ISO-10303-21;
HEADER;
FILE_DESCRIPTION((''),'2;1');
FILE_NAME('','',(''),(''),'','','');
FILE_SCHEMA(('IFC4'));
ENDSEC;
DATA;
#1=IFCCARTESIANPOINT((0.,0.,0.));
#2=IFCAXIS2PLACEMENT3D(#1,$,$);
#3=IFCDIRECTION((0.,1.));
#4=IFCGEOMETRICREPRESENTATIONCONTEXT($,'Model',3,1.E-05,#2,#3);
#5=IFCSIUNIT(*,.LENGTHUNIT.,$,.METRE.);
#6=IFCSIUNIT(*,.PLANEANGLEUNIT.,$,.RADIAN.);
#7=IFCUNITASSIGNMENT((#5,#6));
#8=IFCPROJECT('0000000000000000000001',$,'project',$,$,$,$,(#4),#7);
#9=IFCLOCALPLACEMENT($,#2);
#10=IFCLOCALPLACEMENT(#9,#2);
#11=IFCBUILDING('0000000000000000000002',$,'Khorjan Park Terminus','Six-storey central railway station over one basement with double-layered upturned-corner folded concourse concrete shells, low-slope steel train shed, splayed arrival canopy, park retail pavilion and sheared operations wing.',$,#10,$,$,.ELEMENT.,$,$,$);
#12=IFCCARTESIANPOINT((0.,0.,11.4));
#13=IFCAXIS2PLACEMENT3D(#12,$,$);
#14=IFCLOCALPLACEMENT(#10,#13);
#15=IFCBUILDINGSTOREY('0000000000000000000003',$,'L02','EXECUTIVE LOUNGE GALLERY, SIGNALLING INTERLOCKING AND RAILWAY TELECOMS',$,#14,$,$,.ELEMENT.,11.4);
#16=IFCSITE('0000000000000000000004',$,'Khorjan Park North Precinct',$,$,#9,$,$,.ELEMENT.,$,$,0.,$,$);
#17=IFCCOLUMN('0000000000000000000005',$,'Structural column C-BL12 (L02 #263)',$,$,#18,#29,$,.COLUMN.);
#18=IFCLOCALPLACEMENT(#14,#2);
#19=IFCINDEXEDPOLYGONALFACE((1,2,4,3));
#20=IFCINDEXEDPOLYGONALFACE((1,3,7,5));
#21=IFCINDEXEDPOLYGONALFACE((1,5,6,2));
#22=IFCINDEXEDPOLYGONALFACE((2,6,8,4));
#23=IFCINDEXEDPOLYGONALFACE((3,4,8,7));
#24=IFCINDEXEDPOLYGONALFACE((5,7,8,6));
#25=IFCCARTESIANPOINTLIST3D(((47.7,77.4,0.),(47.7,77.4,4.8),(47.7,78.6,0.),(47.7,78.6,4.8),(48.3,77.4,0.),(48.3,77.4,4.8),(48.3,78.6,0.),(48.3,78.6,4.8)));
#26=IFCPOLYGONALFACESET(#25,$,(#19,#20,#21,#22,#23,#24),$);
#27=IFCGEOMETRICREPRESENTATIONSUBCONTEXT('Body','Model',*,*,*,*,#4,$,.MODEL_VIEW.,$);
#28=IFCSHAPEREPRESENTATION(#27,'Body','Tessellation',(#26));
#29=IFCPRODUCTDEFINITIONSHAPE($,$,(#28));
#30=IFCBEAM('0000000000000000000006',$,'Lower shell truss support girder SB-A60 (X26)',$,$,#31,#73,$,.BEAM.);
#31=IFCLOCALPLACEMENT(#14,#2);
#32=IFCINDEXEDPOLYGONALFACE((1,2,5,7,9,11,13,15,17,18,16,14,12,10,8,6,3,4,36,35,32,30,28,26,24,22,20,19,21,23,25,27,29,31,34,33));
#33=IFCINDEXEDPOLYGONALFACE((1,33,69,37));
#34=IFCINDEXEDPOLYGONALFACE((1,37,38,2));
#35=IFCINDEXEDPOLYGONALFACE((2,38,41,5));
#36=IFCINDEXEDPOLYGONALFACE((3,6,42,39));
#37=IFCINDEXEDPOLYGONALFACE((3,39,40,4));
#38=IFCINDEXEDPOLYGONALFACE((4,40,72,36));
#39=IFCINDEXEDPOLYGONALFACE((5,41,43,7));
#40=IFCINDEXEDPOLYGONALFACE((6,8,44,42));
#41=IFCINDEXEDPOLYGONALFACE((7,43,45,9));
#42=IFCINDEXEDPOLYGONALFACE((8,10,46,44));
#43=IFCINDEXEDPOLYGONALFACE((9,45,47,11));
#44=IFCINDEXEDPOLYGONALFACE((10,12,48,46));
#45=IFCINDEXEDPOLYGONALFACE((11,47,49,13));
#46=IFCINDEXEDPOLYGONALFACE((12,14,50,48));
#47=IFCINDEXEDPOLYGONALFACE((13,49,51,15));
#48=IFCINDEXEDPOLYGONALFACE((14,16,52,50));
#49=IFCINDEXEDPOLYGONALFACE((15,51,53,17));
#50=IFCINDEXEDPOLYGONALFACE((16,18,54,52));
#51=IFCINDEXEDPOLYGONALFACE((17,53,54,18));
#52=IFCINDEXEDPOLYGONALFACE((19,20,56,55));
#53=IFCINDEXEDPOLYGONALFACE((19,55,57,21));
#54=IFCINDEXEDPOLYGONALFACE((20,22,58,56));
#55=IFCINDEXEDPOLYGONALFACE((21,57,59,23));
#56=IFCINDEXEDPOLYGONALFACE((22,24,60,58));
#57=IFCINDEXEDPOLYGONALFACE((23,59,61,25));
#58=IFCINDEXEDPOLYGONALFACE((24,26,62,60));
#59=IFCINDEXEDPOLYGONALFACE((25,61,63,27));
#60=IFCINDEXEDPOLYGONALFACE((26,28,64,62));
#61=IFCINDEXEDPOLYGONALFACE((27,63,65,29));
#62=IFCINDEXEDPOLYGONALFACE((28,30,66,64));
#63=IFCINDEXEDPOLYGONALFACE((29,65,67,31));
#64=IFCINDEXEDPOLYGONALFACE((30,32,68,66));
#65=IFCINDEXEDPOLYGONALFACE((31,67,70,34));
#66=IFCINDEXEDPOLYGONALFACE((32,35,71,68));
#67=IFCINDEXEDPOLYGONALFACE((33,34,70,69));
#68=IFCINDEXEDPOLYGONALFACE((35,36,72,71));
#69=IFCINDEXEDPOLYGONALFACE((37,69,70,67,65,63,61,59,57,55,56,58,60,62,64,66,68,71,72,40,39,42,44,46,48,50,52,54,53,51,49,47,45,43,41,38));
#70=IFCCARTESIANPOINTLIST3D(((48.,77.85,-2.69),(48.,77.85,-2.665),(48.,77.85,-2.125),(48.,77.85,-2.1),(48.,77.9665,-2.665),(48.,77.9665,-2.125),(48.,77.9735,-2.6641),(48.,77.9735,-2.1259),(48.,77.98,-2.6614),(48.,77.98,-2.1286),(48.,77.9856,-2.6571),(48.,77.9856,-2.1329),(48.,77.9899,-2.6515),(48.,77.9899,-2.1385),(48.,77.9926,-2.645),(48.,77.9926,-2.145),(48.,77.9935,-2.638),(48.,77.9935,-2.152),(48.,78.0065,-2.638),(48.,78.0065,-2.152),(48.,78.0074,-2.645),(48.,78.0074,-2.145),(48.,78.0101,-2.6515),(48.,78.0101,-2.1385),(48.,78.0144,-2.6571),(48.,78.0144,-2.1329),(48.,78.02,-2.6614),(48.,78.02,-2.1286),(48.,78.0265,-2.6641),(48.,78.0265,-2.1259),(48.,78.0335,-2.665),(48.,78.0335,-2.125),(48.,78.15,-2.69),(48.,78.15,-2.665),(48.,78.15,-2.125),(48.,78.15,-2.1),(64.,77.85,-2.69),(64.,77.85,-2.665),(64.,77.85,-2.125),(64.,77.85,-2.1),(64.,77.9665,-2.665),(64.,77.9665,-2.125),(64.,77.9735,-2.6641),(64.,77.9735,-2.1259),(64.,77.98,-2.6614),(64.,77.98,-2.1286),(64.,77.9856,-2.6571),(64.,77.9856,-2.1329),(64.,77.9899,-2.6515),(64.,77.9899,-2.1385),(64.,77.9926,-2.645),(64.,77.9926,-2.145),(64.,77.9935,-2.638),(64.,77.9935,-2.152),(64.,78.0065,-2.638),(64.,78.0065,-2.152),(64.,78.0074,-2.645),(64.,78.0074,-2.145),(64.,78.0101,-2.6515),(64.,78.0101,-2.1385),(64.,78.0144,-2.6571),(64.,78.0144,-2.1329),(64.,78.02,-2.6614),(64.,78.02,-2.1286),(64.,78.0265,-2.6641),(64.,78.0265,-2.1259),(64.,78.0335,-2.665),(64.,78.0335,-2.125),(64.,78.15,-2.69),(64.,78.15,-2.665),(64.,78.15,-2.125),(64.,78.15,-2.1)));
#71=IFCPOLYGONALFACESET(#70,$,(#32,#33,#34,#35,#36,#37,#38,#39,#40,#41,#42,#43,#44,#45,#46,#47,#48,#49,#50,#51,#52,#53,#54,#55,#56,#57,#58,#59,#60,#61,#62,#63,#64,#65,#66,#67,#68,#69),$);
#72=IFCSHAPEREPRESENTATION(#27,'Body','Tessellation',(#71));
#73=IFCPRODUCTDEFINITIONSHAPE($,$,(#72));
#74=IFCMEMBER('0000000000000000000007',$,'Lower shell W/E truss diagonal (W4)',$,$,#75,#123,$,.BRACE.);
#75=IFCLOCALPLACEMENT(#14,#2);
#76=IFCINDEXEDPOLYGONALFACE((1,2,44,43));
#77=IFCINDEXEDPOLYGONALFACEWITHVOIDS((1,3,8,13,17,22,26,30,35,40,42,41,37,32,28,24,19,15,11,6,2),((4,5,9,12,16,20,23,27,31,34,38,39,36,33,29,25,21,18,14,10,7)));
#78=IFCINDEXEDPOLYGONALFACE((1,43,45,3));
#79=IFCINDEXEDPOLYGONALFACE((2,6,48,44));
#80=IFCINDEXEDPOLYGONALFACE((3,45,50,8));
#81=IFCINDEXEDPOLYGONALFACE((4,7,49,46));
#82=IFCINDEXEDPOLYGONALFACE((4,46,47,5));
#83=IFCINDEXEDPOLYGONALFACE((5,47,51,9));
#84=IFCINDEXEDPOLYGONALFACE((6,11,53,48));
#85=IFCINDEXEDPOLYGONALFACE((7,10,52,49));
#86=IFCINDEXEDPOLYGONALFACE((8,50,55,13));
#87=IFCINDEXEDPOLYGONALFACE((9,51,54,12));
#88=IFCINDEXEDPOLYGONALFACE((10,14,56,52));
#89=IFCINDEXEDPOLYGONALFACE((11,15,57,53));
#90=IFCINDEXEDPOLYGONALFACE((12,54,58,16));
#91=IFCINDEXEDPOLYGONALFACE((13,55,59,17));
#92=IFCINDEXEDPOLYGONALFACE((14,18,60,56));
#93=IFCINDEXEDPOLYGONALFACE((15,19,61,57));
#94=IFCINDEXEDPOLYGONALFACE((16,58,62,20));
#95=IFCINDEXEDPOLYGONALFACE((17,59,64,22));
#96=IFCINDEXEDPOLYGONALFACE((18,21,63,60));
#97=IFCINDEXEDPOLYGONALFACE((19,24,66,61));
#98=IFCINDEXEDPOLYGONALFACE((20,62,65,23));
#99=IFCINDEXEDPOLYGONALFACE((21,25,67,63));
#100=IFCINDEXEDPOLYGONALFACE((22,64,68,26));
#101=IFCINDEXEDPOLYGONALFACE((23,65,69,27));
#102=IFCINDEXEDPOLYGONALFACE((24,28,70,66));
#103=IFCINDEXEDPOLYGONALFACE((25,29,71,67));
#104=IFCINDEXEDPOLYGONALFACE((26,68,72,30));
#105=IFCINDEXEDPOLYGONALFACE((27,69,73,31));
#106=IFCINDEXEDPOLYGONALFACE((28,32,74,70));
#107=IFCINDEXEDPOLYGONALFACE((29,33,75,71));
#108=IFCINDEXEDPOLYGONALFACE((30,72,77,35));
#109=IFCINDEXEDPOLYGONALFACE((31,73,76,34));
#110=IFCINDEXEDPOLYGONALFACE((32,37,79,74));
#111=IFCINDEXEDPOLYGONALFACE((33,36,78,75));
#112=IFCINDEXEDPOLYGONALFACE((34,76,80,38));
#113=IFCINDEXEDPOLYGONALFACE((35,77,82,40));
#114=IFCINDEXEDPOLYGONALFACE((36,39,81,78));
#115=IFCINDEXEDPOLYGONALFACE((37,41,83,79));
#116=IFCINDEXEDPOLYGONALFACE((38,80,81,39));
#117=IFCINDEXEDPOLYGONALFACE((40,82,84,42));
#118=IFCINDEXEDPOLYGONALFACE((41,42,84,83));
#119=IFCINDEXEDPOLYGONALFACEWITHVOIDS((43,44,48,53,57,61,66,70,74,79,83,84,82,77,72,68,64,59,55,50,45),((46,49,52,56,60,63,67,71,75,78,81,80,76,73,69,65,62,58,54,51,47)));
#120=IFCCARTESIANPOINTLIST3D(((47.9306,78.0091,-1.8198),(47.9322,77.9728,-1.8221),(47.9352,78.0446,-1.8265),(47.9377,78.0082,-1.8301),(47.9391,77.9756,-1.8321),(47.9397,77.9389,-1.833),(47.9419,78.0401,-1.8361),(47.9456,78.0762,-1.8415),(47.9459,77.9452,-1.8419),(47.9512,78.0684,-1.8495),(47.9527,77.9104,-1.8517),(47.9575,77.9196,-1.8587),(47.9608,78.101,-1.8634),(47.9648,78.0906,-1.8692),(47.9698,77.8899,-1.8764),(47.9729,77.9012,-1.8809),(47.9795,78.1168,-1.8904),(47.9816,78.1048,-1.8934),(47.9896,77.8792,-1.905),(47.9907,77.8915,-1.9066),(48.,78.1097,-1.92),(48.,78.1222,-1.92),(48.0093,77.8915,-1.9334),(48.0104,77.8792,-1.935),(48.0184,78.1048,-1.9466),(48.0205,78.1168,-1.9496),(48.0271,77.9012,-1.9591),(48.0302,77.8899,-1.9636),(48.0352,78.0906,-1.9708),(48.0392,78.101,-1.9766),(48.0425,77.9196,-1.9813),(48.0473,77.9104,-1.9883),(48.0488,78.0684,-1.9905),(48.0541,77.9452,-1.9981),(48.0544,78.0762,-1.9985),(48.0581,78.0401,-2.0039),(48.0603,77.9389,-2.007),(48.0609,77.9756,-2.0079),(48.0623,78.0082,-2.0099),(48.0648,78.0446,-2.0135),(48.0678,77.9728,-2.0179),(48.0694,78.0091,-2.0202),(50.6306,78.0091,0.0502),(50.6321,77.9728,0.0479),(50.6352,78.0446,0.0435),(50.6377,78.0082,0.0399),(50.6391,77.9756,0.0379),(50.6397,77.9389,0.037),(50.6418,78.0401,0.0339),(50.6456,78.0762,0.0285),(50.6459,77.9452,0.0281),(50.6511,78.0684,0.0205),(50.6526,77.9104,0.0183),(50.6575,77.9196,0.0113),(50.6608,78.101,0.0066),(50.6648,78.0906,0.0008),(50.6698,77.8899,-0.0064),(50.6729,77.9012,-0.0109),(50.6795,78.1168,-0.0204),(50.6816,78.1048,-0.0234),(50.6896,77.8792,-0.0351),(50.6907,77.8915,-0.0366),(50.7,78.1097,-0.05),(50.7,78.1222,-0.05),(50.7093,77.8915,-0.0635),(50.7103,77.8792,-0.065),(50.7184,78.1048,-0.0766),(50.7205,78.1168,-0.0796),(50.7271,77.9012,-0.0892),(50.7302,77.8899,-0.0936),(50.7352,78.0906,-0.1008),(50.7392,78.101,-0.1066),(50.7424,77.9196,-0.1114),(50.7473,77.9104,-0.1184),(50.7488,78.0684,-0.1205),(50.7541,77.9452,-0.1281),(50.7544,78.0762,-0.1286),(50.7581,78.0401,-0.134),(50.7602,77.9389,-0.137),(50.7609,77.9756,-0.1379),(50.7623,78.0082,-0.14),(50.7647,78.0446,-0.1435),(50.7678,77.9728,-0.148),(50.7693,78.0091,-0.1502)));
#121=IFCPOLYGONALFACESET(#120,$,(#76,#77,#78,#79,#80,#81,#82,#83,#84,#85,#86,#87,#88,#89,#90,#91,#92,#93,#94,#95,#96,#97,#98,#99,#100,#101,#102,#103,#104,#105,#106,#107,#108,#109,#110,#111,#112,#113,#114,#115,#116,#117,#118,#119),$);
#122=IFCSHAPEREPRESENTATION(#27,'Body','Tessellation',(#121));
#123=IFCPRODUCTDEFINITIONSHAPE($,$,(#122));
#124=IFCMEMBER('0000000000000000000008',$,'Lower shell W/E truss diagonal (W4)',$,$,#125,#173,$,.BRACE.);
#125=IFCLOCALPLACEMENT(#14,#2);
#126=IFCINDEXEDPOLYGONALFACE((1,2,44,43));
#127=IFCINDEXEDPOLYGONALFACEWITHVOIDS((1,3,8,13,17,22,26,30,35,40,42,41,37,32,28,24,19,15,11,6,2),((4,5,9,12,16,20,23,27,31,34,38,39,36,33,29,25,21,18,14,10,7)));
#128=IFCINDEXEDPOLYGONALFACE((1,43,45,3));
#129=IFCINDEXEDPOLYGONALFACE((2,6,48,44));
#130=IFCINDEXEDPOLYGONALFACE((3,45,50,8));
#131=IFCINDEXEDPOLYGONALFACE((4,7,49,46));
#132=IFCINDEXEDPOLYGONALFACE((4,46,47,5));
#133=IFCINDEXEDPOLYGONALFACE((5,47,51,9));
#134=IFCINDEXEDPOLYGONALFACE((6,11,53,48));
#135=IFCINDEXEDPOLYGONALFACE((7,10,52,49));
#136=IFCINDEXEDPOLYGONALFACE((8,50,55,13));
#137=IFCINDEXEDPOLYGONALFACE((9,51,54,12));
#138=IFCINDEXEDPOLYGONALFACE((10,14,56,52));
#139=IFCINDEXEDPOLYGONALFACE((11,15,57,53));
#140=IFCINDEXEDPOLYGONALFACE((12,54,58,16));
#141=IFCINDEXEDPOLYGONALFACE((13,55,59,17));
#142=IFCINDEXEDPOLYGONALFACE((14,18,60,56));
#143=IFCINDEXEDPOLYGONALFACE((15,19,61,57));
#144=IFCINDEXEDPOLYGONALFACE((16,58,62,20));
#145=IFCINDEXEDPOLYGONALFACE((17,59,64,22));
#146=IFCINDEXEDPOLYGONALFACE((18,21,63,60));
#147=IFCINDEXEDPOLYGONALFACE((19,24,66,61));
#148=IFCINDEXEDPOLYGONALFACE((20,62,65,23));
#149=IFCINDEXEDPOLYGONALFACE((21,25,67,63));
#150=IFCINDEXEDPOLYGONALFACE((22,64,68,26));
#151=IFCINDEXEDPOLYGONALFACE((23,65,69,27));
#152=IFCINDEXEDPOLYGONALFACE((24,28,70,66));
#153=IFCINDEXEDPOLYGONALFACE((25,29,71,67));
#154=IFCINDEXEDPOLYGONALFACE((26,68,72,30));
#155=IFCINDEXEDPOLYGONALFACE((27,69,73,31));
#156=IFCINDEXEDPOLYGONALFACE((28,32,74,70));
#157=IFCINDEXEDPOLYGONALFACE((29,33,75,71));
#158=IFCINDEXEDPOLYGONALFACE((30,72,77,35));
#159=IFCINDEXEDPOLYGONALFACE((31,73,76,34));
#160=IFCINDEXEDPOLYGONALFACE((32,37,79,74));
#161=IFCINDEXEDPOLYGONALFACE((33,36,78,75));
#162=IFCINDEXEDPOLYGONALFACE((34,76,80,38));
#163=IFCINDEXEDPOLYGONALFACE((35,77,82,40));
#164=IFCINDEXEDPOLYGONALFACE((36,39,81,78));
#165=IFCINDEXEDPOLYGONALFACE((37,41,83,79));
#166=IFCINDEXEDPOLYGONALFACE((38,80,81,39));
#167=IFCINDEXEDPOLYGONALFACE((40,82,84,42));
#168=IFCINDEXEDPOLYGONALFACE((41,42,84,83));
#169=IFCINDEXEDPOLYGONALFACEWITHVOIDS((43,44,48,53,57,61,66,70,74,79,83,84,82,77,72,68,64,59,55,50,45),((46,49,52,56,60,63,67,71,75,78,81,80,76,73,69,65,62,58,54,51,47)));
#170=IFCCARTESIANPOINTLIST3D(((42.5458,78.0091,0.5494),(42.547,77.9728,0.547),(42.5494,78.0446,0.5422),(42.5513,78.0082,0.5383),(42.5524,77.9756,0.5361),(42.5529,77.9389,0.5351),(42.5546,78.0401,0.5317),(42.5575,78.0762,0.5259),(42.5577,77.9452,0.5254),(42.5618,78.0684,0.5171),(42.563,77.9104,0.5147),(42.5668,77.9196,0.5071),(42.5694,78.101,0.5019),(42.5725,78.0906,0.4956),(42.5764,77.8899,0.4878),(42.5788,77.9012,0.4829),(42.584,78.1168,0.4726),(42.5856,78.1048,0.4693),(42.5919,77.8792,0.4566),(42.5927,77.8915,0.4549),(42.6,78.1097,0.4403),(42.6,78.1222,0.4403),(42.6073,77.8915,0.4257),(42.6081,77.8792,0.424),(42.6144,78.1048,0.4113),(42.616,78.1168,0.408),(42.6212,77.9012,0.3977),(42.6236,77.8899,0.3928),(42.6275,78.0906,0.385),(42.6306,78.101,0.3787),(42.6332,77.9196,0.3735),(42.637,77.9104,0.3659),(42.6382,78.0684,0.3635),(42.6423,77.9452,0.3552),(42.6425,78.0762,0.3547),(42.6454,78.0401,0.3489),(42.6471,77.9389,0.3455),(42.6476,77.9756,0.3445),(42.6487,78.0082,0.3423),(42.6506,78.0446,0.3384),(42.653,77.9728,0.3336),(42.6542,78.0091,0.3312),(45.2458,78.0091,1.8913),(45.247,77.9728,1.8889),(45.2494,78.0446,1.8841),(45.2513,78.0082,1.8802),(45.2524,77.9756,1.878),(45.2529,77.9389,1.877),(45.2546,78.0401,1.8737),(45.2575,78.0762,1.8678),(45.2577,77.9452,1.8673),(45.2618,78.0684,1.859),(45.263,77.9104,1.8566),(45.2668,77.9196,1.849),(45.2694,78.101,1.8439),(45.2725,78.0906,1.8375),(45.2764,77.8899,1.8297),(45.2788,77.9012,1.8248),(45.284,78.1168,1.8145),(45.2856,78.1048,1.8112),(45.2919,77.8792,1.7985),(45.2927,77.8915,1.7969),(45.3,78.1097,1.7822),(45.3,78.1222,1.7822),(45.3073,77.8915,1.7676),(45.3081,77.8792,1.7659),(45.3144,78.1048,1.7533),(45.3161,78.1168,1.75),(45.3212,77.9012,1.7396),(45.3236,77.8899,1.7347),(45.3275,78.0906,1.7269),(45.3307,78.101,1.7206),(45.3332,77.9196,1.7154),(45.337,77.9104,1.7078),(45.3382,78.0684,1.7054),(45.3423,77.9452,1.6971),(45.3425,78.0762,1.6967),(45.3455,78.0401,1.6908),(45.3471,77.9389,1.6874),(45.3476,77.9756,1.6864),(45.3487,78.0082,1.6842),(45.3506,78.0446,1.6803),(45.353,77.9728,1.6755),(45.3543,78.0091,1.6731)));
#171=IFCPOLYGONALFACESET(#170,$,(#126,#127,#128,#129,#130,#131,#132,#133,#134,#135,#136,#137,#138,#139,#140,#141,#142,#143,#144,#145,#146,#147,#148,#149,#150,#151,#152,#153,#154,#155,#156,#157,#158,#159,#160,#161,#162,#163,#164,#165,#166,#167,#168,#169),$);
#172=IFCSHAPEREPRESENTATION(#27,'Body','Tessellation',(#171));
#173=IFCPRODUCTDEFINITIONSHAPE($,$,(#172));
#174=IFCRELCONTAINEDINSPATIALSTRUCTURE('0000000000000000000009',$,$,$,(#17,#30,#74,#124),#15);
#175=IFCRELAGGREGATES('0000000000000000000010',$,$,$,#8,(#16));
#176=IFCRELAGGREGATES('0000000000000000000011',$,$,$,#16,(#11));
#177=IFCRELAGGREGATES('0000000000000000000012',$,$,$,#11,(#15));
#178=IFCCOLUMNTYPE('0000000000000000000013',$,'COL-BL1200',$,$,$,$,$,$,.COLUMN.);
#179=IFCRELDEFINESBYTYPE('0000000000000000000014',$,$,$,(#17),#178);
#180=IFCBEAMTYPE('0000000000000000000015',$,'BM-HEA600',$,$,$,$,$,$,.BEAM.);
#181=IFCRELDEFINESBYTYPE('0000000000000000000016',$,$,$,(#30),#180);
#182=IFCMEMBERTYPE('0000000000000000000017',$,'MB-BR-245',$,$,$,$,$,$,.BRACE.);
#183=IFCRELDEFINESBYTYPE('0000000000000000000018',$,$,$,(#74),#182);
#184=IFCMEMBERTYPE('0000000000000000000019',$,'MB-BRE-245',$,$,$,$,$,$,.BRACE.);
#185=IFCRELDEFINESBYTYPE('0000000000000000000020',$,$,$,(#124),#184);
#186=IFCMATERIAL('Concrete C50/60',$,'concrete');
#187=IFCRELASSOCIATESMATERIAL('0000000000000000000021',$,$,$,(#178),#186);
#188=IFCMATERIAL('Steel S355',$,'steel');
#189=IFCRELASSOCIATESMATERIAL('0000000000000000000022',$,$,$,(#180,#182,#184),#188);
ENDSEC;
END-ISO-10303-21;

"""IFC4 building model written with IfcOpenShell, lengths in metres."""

from ifc_helpers import new_model, si_unit, direction, frame, origin, origin_2d, place, context, subcontext, project, spatial, rectangle, hollow_circle, i_section, extrude, material, material_profile, profile_set, type_object, element, save


model = new_model("IFC4")

# Units and contexts
model_context = context("Model", 3, precision=1e-05, world=origin(), true_north=direction((0.0, 1.0)))
body_context = subcontext(model_context, "Body", "Model", "MODEL_VIEW")
ifc_project = project(units=[si_unit("LENGTHUNIT", "METRE"), si_unit("PLANEANGLEUNIT", "RADIAN")], contexts=[model_context])

# Site, building, storey
site_placement = place(None, origin())
site = spatial("IfcSite", under=ifc_project, at=site_placement, Name="Khorjan Park North Precinct", CompositionType="ELEMENT", RefElevation=0.0)
building_placement = place(site_placement, origin())
building = spatial("IfcBuilding", under=site, at=building_placement, Name="Khorjan Park Terminus", Description="Six-storey central railway station over one basement with double-layered upturned-corner folded concourse concrete shells, low-slope steel train shed, splayed arrival canopy, park retail pavilion and sheared operations wing.", CompositionType="ELEMENT")
storey_placement = place(building_placement, frame((0.0, 0.0, 11.4)))
storey = spatial("IfcBuildingStorey", under=building, at=storey_placement, Name="L02", Description="EXECUTIVE LOUNGE GALLERY, SIGNALLING INTERLOCKING AND RAILWAY TELECOMS", CompositionType="ELEMENT", Elevation=11.4)

# Column
ifc_material_1 = material(Name="Concrete C50/60", Category="concrete")
ifc_material_profile_1 = material_profile(ifc_material_1, rectangle(XDim=0.6, YDim=1.2, at=origin_2d()), Name="RC 600x1200")
ifc_profile_set_1 = profile_set([ifc_material_profile_1], Name="Concrete C50/60")
column_type = type_object("IfcColumnType", Name="COL-BL1200", PredefinedType="COLUMN", material=ifc_profile_set_1)
column_placement = place(storey_placement, frame((48.0, 78.0, 0.0), z_axis=(0.0, 0.0, 1.0), x_axis=(1.0, 0.0, 0.0)))
element("IfcColumn", 1, at=column_placement, inside=storey, type_object=column_type, Name="Structural column C-BL12 (L02 #263)", PredefinedType="COLUMN", context=body_context, shape_type="SweptSolid", body=[
    extrude(rectangle(XDim=0.6, YDim=1.2, at=origin_2d()), origin(), (0.0, 0.0, 1.0), 4.8),
])

# Beam
ifc_material_2 = material(Name="Steel S355", Category="steel")
ifc_material_profile_2 = material_profile(ifc_material_2, i_section(OverallWidth=0.3, OverallDepth=0.59, WebThickness=0.013, FlangeThickness=0.025, FilletRadius=0.027, at=origin_2d()), Name="HEA 600")
ifc_profile_set_2 = profile_set([ifc_material_profile_2], Name="Steel S355")
beam_type_1 = type_object("IfcBeamType", Name="BM-HEA600", PredefinedType="BEAM", material=ifc_profile_set_2)
beam_1_placement = place(storey_placement, frame((48.0, 78.0, -2.395), z_axis=(1.0, 0.0, 0.0), x_axis=(0.0, 1.0, 0.0)))
element("IfcBeam", 2, at=beam_1_placement, inside=storey, type_object=beam_type_1, Name="Lower shell truss support girder SB-A60 (X26)", PredefinedType="BEAM", context=body_context, shape_type="SweptSolid", body=[
    extrude(i_section(OverallWidth=0.3, OverallDepth=0.59, WebThickness=0.013, FlangeThickness=0.025, FilletRadius=0.027, at=origin_2d()), origin(), (0.0, 0.0, 1.0), 16.0),
])

# Members
ifc_material_profile_3 = material_profile(ifc_material_2, hollow_circle(Radius=0.1222, WallThickness=0.0125, at=origin_2d()), Name="CHS 244.5x12.5")
ifc_profile_set_3 = profile_set([ifc_material_profile_3], Name="Steel S355")
member_type_1 = type_object("IfcMemberType", Name="MB-BR-245", PredefinedType="BRACE", material=ifc_profile_set_3)
member_1_placement = place(storey_placement, frame((48.0, 78.0, -1.92), z_axis=(0.822083, 0.0, 0.569368), x_axis=(0.0, 1.0, 0.0)))
element("IfcMember", 3, at=member_1_placement, inside=storey, type_object=member_type_1, Name="Lower shell W/E truss diagonal (W4)", PredefinedType="BRACE", context=body_context, shape_type="SweptSolid", body=[
    extrude(hollow_circle(Radius=0.1222, WallThickness=0.0125, at=origin_2d()), origin(), (0.0, 0.0, 1.0), 3.2843),
])
ifc_material_profile_4 = material_profile(ifc_material_2, hollow_circle(Radius=0.1222, WallThickness=0.0125, at=origin_2d()), Name="CHS 244.5x12.5")
ifc_profile_set_4 = profile_set([ifc_material_profile_4], Name="Steel S355")
member_type_2 = type_object("IfcMemberType", Name="MB-BRE-245", PredefinedType="BRACE", material=ifc_profile_set_4)
member_2_placement = place(storey_placement, frame((42.6, 78.0, 0.4403), z_axis=(0.895499, 0.0, 0.445063), x_axis=(0.0, 1.0, 0.0)))
element("IfcMember", 4, at=member_2_placement, inside=storey, type_object=member_type_2, Name="Lower shell W/E truss diagonal (W4)", PredefinedType="BRACE", context=body_context, shape_type="SweptSolid", body=[
    extrude(hollow_circle(Radius=0.1222, WallThickness=0.0125, at=origin_2d()), origin(), (0.0, 0.0, 1.0), 3.0151),
])

save(model, "model.ifc")
